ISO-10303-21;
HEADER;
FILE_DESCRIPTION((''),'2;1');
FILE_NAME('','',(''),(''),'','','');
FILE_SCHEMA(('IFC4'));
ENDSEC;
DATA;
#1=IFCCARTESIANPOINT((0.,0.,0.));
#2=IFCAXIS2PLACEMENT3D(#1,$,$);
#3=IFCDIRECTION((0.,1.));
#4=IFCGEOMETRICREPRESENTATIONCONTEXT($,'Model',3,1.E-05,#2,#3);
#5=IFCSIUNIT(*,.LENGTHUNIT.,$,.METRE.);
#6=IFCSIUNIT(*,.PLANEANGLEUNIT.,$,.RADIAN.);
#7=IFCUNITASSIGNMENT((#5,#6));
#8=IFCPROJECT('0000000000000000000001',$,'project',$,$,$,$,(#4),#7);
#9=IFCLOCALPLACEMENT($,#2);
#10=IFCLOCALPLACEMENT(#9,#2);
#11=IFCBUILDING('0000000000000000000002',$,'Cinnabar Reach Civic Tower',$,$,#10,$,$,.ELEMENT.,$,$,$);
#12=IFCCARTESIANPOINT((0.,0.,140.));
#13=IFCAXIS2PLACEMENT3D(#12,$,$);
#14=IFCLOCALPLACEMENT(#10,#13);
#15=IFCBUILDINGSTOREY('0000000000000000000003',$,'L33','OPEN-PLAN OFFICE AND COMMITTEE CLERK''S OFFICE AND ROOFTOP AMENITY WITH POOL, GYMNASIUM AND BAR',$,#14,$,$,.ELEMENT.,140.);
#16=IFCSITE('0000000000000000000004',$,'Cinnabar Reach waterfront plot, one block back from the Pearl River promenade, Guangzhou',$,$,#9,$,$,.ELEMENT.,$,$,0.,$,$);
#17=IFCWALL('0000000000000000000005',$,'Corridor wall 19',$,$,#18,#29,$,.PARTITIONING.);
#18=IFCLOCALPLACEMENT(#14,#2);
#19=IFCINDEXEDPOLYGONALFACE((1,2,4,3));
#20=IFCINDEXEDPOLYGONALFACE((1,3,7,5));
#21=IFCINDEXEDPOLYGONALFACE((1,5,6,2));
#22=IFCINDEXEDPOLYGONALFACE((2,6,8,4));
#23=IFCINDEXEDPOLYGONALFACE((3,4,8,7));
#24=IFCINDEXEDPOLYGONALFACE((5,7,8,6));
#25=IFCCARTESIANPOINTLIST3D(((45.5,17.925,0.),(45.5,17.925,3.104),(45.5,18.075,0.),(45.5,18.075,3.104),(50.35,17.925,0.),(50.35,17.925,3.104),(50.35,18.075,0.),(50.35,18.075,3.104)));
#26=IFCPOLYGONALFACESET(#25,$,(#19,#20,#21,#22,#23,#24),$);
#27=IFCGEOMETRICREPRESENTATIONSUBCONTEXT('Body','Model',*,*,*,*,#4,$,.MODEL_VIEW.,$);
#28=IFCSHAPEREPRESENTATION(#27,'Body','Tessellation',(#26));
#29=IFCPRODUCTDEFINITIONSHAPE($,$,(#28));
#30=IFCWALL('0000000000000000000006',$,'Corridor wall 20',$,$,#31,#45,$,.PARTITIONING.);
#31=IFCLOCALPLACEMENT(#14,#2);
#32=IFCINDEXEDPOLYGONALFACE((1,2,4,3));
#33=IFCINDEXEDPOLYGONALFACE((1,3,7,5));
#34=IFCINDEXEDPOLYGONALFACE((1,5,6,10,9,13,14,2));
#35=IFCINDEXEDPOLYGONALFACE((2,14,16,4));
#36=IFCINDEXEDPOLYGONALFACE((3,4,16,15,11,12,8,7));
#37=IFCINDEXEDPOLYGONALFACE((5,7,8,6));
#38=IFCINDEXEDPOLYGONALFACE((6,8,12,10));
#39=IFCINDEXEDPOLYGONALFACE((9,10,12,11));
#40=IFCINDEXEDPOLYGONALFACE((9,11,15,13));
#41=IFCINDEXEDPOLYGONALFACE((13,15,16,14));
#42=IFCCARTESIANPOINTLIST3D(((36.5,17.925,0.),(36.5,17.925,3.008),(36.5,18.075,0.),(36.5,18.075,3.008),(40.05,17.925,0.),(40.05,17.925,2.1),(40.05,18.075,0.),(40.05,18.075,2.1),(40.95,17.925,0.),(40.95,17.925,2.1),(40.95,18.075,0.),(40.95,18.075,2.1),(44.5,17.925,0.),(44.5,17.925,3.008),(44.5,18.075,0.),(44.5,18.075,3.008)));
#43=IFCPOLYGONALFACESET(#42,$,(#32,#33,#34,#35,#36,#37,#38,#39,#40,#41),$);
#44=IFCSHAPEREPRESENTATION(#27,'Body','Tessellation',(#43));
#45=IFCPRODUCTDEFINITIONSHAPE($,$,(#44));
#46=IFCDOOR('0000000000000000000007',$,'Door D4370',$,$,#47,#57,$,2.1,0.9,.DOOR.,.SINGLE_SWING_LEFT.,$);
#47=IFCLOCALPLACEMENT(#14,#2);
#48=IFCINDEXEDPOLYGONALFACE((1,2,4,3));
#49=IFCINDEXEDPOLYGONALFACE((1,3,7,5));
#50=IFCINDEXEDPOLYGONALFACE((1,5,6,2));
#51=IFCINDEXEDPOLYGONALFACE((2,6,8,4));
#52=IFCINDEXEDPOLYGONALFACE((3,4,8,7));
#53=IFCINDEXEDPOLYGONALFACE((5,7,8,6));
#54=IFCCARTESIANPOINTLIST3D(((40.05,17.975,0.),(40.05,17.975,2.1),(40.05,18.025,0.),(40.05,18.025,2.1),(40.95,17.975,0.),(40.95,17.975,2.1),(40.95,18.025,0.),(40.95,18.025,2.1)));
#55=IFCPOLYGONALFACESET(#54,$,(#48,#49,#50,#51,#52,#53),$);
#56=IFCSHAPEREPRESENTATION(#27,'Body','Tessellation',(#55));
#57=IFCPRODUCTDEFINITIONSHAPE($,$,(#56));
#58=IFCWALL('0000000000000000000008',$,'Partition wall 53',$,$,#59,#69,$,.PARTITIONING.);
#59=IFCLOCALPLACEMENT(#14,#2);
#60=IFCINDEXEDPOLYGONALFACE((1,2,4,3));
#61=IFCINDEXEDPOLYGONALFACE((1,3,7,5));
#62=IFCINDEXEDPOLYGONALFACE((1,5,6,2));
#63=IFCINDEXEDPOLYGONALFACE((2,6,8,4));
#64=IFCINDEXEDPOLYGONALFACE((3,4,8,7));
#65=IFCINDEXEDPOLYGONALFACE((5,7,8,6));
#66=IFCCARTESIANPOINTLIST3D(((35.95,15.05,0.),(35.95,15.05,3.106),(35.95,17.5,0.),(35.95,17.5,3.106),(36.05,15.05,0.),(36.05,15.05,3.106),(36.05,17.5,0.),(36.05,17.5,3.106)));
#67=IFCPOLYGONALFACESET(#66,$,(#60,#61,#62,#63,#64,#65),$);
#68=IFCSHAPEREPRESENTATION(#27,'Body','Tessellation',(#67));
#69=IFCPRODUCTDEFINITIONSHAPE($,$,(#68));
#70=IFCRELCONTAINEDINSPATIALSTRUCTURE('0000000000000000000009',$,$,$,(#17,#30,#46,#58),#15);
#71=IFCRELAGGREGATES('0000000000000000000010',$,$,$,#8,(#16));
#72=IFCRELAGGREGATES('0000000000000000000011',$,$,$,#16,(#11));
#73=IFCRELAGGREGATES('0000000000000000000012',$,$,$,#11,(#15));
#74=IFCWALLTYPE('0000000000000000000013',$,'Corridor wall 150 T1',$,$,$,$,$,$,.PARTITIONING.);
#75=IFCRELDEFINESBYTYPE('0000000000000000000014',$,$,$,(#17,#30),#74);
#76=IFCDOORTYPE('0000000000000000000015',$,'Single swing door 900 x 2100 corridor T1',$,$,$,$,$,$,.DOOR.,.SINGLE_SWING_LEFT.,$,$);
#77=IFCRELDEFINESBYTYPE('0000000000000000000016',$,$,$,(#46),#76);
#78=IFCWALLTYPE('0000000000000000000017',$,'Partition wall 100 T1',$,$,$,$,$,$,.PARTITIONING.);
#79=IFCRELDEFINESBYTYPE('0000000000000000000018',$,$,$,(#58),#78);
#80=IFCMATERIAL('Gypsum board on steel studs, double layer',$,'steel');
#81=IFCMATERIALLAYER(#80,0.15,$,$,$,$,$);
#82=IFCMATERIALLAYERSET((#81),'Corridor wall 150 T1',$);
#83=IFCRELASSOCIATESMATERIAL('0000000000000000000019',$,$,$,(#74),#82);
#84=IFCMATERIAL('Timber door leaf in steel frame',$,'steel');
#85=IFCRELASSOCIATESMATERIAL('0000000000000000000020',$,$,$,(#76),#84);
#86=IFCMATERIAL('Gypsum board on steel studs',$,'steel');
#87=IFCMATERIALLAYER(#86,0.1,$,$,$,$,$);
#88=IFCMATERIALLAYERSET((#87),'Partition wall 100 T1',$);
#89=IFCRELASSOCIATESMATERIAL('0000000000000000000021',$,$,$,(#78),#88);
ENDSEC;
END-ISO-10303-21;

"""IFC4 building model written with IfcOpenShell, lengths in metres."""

from ifc_helpers import new_model, si_unit, direction, frame, frame_2d, origin, place, context, subcontext, project, spatial, rectangle, extrude, material, layer, layer_set, type_object, element, fill, save


model = new_model("IFC4")

# Units and contexts
model_context = context("Model", 3, precision=1e-05, world=origin(), true_north=direction((0.0, 1.0)))
body_context = subcontext(model_context, "Body", "Model", "MODEL_VIEW")
ifc_project = project(units=[si_unit("LENGTHUNIT", "METRE"), si_unit("PLANEANGLEUNIT", "RADIAN")], contexts=[model_context])

# Site, building, storey
site_placement = place(None, origin())
site = spatial("IfcSite", under=ifc_project, at=site_placement, Name="Cinnabar Reach waterfront plot, one block back from the Pearl River promenade, Guangzhou", CompositionType="ELEMENT", RefElevation=0.0)
building_placement = place(site_placement, origin())
building = spatial("IfcBuilding", under=site, at=building_placement, Name="Cinnabar Reach Civic Tower", CompositionType="ELEMENT")
storey_placement = place(building_placement, frame((0.0, 0.0, 140.0)))
storey = spatial("IfcBuildingStorey", under=building, at=storey_placement, Name="L33", Description="OPEN-PLAN OFFICE AND COMMITTEE CLERK'S OFFICE AND ROOFTOP AMENITY WITH POOL, GYMNASIUM AND BAR", CompositionType="ELEMENT", Elevation=140.0)

# Wall
ifc_material_1 = material(Name="Gypsum board on steel studs, double layer", Category="steel")
ifc_layer_1 = layer(ifc_material_1, 0.15)
ifc_layer_set_1 = layer_set([ifc_layer_1], Name="Corridor wall 150 T1")
wall_type_1 = type_object("IfcWallType", Name="Corridor wall 150 T1", PredefinedType="PARTITIONING", material=ifc_layer_set_1)
wall_1_placement = place(storey_placement, frame((45.5, 18.0, 0.0), z_axis=(0.0, 0.0, 1.0), x_axis=(1.0, 0.0, 0.0)))
element("IfcWall", 1, at=wall_1_placement, inside=storey, type_object=wall_type_1, Name="Corridor wall 19", PredefinedType="PARTITIONING", context=body_context, shape_type="SweptSolid", body=[
    extrude(rectangle(XDim=4.85, YDim=0.15, at=frame_2d((2.425, 0.0))), origin(), (0.0, 0.0, 1.0), 3.104),
])

# Wall, opening, door
wall_2_placement = place(storey_placement, frame((36.5, 18.0, 0.0), z_axis=(0.0, 0.0, 1.0), x_axis=(1.0, 0.0, 0.0)))
wall_2 = element("IfcWall", 2, at=wall_2_placement, inside=storey, type_object=wall_type_1, Name="Corridor wall 20", PredefinedType="PARTITIONING", context=body_context, shape_type="SweptSolid", body=[
    extrude(rectangle(XDim=8.0, YDim=0.15, at=frame_2d((4.0, 0.0))), origin(), (0.0, 0.0, 1.0), 3.008),
])
opening_1_placement = place(wall_2_placement, frame((3.55, 0.0, 0.0)))
opening_1 = element("IfcOpeningElement", 3, at=opening_1_placement, cuts=wall_2, PredefinedType="OPENING", context=body_context, shape_type="SweptSolid", body=[
    extrude(rectangle(XDim=0.9, YDim=2.1, at=frame_2d((0.45, 1.05))), frame((0.0, 0.085, 0.0), z_axis=(0.0, -1.0, 0.0), x_axis=(1.0, 0.0, 0.0)), (0.0, 0.0, 1.0), 0.17),
])
ifc_material_2 = material(Name="Timber door leaf in steel frame", Category="steel")
door_type = type_object("IfcDoorType", Name="Single swing door 900 x 2100 corridor T1", OperationType="SINGLE_SWING_LEFT", PredefinedType="DOOR", material=ifc_material_2)
door_placement = place(opening_1_placement, frame((0.9, 0.0, 0.0), z_axis=(0.0, 0.0, 1.0), x_axis=(-1.0, 0.0, 0.0)))
door = element("IfcDoor", 4, at=door_placement, inside=storey, type_object=door_type, Name="Door D4370", OperationType="SINGLE_SWING_LEFT", OverallHeight=2.1, OverallWidth=0.9, PredefinedType="DOOR", context=body_context, shape_type="SweptSolid", body=[
    extrude(rectangle(XDim=0.9, YDim=2.1, at=frame_2d((0.45, 1.05))), frame((0.0, 0.025, 0.0), z_axis=(0.0, -1.0, 0.0), x_axis=(1.0, 0.0, 0.0)), (0.0, 0.0, 1.0), 0.05),
])
fill(opening_1, door)

# Wall
ifc_material_3 = material(Name="Gypsum board on steel studs", Category="steel")
ifc_layer_2 = layer(ifc_material_3, 0.1)
ifc_layer_set_2 = layer_set([ifc_layer_2], Name="Partition wall 100 T1")
wall_type_2 = type_object("IfcWallType", Name="Partition wall 100 T1", PredefinedType="PARTITIONING", material=ifc_layer_set_2)
wall_3_placement = place(storey_placement, frame((36.0, 15.05, 0.0), z_axis=(0.0, 0.0, 1.0), x_axis=(0.0, 1.0, 0.0)))
element("IfcWall", 5, at=wall_3_placement, inside=storey, type_object=wall_type_2, Name="Partition wall 53", PredefinedType="PARTITIONING", context=body_context, shape_type="SweptSolid", body=[
    extrude(rectangle(XDim=2.45, YDim=0.1, at=frame_2d((1.225, 0.0))), origin(), (0.0, 0.0, 1.0), 3.106),
])

save(model, "model.ifc")
